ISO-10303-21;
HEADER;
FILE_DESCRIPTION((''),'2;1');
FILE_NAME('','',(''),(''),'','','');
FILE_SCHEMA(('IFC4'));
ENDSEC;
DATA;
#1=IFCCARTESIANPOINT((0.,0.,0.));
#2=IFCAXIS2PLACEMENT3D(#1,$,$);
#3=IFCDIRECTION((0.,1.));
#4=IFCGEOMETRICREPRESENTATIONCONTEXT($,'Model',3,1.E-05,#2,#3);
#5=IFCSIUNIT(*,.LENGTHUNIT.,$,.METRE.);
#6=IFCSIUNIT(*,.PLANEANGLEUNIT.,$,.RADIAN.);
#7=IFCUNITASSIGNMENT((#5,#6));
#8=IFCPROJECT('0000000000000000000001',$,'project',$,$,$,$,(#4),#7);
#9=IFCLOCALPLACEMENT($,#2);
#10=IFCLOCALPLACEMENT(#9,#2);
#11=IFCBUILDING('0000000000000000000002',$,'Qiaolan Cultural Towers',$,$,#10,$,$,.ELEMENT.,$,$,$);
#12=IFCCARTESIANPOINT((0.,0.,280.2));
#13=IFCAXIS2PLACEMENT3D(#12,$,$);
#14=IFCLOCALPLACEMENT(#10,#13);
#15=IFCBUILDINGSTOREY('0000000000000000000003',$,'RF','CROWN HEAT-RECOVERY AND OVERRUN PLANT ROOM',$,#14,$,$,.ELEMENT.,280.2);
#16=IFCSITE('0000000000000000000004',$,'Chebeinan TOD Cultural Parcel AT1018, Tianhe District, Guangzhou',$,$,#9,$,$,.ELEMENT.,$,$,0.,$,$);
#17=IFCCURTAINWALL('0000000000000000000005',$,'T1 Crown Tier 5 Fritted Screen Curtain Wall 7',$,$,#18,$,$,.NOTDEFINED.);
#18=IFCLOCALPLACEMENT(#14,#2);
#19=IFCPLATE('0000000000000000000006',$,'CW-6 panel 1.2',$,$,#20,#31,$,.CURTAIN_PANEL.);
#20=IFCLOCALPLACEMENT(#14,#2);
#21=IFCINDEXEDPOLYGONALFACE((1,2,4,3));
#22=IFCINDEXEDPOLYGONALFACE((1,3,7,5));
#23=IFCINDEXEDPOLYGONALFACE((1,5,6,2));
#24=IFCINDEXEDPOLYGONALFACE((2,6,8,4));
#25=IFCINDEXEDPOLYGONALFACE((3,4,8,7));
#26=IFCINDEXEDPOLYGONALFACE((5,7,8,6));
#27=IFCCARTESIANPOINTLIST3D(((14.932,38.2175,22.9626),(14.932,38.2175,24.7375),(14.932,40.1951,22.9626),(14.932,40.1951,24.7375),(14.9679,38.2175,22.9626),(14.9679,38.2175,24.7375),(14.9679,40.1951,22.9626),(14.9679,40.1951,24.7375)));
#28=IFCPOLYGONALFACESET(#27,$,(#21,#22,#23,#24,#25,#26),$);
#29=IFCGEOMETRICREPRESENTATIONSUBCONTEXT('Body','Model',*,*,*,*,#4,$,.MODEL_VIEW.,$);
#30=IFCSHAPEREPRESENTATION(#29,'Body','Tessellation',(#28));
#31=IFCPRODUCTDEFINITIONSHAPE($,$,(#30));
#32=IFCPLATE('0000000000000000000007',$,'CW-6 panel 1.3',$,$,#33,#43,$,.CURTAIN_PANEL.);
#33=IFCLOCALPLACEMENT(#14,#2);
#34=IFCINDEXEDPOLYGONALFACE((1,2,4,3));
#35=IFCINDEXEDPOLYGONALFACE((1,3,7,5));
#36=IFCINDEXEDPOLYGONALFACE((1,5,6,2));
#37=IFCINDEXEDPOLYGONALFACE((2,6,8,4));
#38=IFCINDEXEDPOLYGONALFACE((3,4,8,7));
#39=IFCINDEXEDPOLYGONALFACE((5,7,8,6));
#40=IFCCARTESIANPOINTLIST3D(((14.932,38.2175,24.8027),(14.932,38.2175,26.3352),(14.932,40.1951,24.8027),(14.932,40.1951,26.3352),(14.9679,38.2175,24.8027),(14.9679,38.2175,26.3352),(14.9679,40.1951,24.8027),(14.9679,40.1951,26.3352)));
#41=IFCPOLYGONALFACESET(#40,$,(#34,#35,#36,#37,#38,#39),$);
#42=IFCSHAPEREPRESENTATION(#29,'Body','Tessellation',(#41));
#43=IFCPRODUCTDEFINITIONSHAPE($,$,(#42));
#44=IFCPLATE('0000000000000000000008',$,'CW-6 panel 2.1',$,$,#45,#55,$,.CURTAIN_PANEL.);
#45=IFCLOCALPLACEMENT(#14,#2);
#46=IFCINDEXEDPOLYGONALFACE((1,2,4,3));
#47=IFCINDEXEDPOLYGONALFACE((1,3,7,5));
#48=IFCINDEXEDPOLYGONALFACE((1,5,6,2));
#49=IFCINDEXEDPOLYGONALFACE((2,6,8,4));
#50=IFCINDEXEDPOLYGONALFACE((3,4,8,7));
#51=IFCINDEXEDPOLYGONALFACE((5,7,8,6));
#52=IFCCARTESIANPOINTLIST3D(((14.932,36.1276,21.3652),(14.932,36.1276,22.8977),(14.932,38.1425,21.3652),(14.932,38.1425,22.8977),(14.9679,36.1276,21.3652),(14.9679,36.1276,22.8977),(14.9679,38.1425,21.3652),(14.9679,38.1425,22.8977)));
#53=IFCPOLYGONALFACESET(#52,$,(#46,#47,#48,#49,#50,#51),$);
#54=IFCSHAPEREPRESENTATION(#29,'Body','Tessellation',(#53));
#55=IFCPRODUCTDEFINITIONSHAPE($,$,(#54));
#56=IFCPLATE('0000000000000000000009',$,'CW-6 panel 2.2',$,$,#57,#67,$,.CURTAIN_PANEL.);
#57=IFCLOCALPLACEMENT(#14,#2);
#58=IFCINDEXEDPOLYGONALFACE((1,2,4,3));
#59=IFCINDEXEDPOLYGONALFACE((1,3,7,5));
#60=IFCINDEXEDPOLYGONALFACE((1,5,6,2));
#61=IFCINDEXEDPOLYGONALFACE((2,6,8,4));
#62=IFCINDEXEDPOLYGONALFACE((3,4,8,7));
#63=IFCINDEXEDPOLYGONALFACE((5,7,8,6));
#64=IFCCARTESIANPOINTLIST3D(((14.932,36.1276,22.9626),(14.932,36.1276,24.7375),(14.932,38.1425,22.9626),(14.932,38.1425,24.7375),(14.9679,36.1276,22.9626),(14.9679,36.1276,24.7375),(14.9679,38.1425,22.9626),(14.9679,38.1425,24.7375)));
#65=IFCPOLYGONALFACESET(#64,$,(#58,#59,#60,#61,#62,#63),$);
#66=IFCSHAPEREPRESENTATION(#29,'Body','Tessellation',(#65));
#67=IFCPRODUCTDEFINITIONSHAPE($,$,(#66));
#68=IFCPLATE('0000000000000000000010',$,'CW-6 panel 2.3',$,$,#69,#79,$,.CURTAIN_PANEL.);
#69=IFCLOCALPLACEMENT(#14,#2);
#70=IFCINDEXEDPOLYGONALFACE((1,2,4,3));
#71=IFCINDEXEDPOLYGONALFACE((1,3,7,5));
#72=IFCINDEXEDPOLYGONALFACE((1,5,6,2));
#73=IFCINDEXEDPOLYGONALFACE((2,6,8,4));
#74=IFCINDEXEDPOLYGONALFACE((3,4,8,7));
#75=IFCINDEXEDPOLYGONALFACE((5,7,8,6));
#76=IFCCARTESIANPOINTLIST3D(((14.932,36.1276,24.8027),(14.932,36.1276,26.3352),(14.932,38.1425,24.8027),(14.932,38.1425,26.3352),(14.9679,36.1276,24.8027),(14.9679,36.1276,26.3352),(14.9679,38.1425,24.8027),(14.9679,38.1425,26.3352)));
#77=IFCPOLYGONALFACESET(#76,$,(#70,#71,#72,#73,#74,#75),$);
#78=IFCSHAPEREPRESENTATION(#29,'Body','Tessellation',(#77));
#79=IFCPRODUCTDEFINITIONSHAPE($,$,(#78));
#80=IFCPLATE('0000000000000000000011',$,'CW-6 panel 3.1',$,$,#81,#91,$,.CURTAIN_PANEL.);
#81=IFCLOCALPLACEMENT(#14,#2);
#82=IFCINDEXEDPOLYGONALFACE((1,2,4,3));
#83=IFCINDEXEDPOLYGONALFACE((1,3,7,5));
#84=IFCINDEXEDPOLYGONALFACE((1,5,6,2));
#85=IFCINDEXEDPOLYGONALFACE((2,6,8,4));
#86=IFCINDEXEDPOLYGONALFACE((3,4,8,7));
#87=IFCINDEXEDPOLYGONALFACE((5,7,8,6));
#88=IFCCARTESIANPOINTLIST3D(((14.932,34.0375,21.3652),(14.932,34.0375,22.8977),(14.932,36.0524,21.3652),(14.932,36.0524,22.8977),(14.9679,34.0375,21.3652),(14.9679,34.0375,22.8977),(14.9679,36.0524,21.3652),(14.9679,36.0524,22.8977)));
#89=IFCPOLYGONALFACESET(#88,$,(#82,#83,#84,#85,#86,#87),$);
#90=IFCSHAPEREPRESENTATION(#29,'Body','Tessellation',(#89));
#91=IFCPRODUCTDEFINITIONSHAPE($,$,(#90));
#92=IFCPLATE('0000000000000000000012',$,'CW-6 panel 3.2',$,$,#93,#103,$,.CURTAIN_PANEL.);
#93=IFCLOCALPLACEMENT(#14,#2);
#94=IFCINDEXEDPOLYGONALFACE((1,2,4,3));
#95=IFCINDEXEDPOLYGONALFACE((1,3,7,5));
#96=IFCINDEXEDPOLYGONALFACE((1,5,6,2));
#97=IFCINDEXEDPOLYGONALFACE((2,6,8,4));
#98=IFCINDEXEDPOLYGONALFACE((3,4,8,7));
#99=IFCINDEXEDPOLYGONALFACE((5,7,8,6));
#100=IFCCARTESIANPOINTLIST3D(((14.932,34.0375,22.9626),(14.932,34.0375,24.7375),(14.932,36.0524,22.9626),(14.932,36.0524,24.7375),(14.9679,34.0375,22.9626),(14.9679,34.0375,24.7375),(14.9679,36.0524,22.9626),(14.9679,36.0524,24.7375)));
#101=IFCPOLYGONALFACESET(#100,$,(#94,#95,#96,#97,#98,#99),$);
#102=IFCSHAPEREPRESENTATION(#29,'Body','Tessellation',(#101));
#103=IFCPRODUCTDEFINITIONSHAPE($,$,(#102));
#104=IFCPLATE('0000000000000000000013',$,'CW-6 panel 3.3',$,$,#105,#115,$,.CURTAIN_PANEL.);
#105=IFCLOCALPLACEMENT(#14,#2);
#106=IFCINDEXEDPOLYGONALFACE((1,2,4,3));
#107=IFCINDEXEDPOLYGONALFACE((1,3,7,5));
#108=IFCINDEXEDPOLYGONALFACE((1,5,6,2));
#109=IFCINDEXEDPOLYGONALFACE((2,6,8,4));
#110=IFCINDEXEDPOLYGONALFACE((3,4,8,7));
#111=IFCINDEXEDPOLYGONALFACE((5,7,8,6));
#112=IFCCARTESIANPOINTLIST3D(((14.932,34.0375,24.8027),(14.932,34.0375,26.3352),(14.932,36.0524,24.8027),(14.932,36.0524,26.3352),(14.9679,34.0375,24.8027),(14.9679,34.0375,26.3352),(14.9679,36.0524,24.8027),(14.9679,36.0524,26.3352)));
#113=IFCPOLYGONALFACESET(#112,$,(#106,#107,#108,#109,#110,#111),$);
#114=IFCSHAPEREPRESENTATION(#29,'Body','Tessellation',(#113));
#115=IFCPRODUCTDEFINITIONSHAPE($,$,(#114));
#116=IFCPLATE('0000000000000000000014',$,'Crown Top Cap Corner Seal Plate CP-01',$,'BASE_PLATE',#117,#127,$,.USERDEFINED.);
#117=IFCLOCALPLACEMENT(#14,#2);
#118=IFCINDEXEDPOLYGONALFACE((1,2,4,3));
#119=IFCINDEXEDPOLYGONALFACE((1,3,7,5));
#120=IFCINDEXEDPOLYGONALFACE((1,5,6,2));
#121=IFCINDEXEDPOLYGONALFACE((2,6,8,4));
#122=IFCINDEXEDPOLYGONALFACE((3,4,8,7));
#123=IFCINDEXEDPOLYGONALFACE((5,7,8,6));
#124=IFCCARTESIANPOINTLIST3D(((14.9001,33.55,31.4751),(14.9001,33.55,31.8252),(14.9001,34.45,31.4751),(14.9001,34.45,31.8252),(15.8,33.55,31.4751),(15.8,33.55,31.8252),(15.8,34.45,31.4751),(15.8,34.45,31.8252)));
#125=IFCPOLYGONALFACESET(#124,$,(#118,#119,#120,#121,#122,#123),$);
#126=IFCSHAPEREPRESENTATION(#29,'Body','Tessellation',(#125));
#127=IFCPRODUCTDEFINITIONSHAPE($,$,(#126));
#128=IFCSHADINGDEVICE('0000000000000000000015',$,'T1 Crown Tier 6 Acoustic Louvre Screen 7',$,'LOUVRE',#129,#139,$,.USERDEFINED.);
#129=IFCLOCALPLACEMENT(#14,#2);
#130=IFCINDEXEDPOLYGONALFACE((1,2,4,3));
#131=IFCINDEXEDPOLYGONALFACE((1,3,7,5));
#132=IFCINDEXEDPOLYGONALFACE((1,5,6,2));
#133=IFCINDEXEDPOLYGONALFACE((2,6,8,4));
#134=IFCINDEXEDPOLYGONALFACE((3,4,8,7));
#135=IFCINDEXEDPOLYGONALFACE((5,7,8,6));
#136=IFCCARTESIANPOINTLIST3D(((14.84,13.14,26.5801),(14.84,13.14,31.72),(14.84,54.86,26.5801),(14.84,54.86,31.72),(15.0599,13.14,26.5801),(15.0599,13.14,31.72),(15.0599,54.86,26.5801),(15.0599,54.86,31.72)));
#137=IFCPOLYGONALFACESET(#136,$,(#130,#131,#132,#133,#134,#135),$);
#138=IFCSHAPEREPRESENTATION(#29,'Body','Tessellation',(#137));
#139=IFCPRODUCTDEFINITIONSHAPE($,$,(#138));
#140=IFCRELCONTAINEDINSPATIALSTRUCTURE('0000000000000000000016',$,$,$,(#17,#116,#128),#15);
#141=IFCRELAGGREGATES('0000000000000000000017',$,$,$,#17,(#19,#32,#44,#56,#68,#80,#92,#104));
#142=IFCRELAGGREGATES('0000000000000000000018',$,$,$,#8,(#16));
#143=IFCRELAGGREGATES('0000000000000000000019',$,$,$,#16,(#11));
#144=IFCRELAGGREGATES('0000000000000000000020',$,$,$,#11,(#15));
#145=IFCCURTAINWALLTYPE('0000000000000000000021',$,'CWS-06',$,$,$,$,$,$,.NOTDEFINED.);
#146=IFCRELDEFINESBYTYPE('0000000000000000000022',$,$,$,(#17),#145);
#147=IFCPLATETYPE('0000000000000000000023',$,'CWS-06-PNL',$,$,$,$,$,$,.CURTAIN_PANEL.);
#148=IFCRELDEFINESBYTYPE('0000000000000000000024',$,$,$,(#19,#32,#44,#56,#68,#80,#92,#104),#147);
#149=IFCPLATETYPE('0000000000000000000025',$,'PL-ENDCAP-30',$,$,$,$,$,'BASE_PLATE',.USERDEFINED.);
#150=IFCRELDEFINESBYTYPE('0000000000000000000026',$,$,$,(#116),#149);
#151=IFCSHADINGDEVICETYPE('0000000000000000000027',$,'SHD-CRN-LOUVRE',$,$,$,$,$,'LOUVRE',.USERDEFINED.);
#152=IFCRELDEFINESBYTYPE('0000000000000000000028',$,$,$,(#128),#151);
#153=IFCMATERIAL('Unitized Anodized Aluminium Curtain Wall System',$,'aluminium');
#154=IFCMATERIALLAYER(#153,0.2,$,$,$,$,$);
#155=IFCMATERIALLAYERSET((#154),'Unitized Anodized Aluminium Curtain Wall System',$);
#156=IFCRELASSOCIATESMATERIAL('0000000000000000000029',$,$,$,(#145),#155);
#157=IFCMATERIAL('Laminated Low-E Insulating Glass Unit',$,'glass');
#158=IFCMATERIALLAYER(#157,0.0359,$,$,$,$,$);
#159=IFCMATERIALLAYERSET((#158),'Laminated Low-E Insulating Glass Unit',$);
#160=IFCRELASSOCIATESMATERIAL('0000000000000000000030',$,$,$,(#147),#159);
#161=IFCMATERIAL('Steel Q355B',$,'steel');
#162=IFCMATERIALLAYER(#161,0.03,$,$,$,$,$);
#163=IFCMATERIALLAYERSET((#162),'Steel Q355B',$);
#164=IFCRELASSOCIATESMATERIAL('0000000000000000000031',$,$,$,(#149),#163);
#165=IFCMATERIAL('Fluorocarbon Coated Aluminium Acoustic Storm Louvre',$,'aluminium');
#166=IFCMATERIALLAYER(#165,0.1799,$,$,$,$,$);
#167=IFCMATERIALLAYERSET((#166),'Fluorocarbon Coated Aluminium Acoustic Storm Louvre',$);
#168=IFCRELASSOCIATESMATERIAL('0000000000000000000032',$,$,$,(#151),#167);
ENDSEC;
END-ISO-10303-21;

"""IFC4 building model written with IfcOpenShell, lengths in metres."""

from ifc_helpers import new_model, si_unit, direction, frame, origin, origin_2d, place, context, subcontext, project, spatial, rectangle, extrude, material, layer, layer_set, type_object, element, aggregate, save


model = new_model("IFC4")

# Units and contexts
model_context = context("Model", 3, precision=1e-05, world=origin(), true_north=direction((0.0, 1.0)))
body_context = subcontext(model_context, "Body", "Model", "MODEL_VIEW")
ifc_project = project(units=[si_unit("LENGTHUNIT", "METRE"), si_unit("PLANEANGLEUNIT", "RADIAN")], contexts=[model_context])

# Site, building, storey
site_placement = place(None, origin())
site = spatial("IfcSite", under=ifc_project, at=site_placement, Name="Chebeinan TOD Cultural Parcel AT1018, Tianhe District, Guangzhou", CompositionType="ELEMENT", RefElevation=0.0)
building_placement = place(site_placement, origin())
building = spatial("IfcBuilding", under=site, at=building_placement, Name="Qiaolan Cultural Towers", CompositionType="ELEMENT")
storey_placement = place(building_placement, frame((0.0, 0.0, 280.2)))
storey = spatial("IfcBuildingStorey", under=building, at=storey_placement, Name="RF", Description="CROWN HEAT-RECOVERY AND OVERRUN PLANT ROOM", CompositionType="ELEMENT", Elevation=280.2)

# Curtain wall, plates
ifc_material_1 = material(Name="Unitized Anodized Aluminium Curtain Wall System", Category="aluminium")
ifc_layer_1 = layer(ifc_material_1, 0.2)
ifc_layer_set_1 = layer_set([ifc_layer_1], Name="Unitized Anodized Aluminium Curtain Wall System")
curtain_wall_type = type_object("IfcCurtainWallType", Name="CWS-06", PredefinedType="NOTDEFINED", material=ifc_layer_set_1)
curtain_wall_placement = place(storey_placement, origin())
curtain_wall = element("IfcCurtainWall", 1, at=curtain_wall_placement, inside=storey, type_object=curtain_wall_type, Name="T1 Crown Tier 5 Fritted Screen Curtain Wall 7", PredefinedType="NOTDEFINED")
ifc_material_2 = material(Name="Laminated Low-E Insulating Glass Unit", Category="glass")
ifc_layer_2 = layer(ifc_material_2, 0.0359)
ifc_layer_set_2 = layer_set([ifc_layer_2], Name="Laminated Low-E Insulating Glass Unit")
plate_type_1 = type_object("IfcPlateType", Name="CWS-06-PNL", PredefinedType="CURTAIN_PANEL", material=ifc_layer_set_2)
plate_1_placement = place(storey_placement, frame((14.95, 39.2063, 22.9626), z_axis=(0.0, 0.0, 1.0), x_axis=(0.0, -1.0, 0.0)))
plate_1 = element("IfcPlate", 2, at=plate_1_placement, type_object=plate_type_1, Name="CW-6 panel 1.2", PredefinedType="CURTAIN_PANEL", context=body_context, shape_type="SweptSolid", body=[
    extrude(rectangle(XDim=1.9775, YDim=0.0359, at=origin_2d()), origin(), (0.0, 0.0, 1.0), 1.7749),
])
plate_2_placement = place(storey_placement, frame((14.95, 39.2063, 24.8027), z_axis=(0.0, 0.0, 1.0), x_axis=(0.0, -1.0, 0.0)))
plate_2 = element("IfcPlate", 3, at=plate_2_placement, type_object=plate_type_1, Name="CW-6 panel 1.3", PredefinedType="CURTAIN_PANEL", context=body_context, shape_type="SweptSolid", body=[
    extrude(rectangle(XDim=1.9775, YDim=0.0359, at=origin_2d()), origin(), (0.0, 0.0, 1.0), 1.5325),
])
plate_3_placement = place(storey_placement, frame((14.95, 37.135, 21.3652), z_axis=(0.0, 0.0, 1.0), x_axis=(0.0, -1.0, 0.0)))
plate_3 = element("IfcPlate", 4, at=plate_3_placement, type_object=plate_type_1, Name="CW-6 panel 2.1", PredefinedType="CURTAIN_PANEL", context=body_context, shape_type="SweptSolid", body=[
    extrude(rectangle(XDim=2.0149, YDim=0.0359, at=origin_2d()), origin(), (0.0, 0.0, 1.0), 1.5325),
])
plate_4_placement = place(storey_placement, frame((14.95, 37.135, 22.9626), z_axis=(0.0, 0.0, 1.0), x_axis=(0.0, -1.0, 0.0)))
plate_4 = element("IfcPlate", 5, at=plate_4_placement, type_object=plate_type_1, Name="CW-6 panel 2.2", PredefinedType="CURTAIN_PANEL", context=body_context, shape_type="SweptSolid", body=[
    extrude(rectangle(XDim=2.0149, YDim=0.0359, at=origin_2d()), origin(), (0.0, 0.0, 1.0), 1.7749),
])
plate_5_placement = place(storey_placement, frame((14.95, 37.135, 24.8027), z_axis=(0.0, 0.0, 1.0), x_axis=(0.0, -1.0, 0.0)))
plate_5 = element("IfcPlate", 6, at=plate_5_placement, type_object=plate_type_1, Name="CW-6 panel 2.3", PredefinedType="CURTAIN_PANEL", context=body_context, shape_type="SweptSolid", body=[
    extrude(rectangle(XDim=2.0149, YDim=0.0359, at=origin_2d()), origin(), (0.0, 0.0, 1.0), 1.5325),
])
plate_6_placement = place(storey_placement, frame((14.95, 35.0449, 21.3652), z_axis=(0.0, 0.0, 1.0), x_axis=(0.0, -1.0, 0.0)))
plate_6 = element("IfcPlate", 7, at=plate_6_placement, type_object=plate_type_1, Name="CW-6 panel 3.1", PredefinedType="CURTAIN_PANEL", context=body_context, shape_type="SweptSolid", body=[
    extrude(rectangle(XDim=2.0149, YDim=0.0359, at=origin_2d()), origin(), (0.0, 0.0, 1.0), 1.5325),
])
plate_7_placement = place(storey_placement, frame((14.95, 35.0449, 22.9626), z_axis=(0.0, 0.0, 1.0), x_axis=(0.0, -1.0, 0.0)))
plate_7 = element("IfcPlate", 8, at=plate_7_placement, type_object=plate_type_1, Name="CW-6 panel 3.2", PredefinedType="CURTAIN_PANEL", context=body_context, shape_type="SweptSolid", body=[
    extrude(rectangle(XDim=2.0149, YDim=0.0359, at=origin_2d()), origin(), (0.0, 0.0, 1.0), 1.7749),
])
plate_8_placement = place(storey_placement, frame((14.95, 35.0449, 24.8027), z_axis=(0.0, 0.0, 1.0), x_axis=(0.0, -1.0, 0.0)))
plate_8 = element("IfcPlate", 9, at=plate_8_placement, type_object=plate_type_1, Name="CW-6 panel 3.3", PredefinedType="CURTAIN_PANEL", context=body_context, shape_type="SweptSolid", body=[
    extrude(rectangle(XDim=2.0149, YDim=0.0359, at=origin_2d()), origin(), (0.0, 0.0, 1.0), 1.5325),
])
aggregate(curtain_wall, [plate_1, plate_2, plate_3, plate_4, plate_5, plate_6, plate_7, plate_8])

# Plate
ifc_material_3 = material(Name="Steel Q355B", Category="steel")
ifc_layer_3 = layer(ifc_material_3, 0.03)
ifc_layer_set_3 = layer_set([ifc_layer_3], Name="Steel Q355B")
plate_type_2 = type_object("IfcPlateType", Name="PL-ENDCAP-30", ElementType="BASE_PLATE", PredefinedType="USERDEFINED", material=ifc_layer_set_3)
plate_9_placement = place(storey_placement, frame((15.3501, 34.0, 31.4751), z_axis=(0.0, 0.0, 1.0), x_axis=(1.0, 0.0, 0.0)))
element("IfcPlate", 10, at=plate_9_placement, inside=storey, type_object=plate_type_2, Name="Crown Top Cap Corner Seal Plate CP-01", ObjectType="BASE_PLATE", PredefinedType="USERDEFINED", context=body_context, shape_type="SweptSolid", body=[
    extrude(rectangle(XDim=0.8999, YDim=0.8999, at=origin_2d()), origin(), (0.0, 0.0, 1.0), 0.3501),
])

# Shading device
ifc_material_4 = material(Name="Fluorocarbon Coated Aluminium Acoustic Storm Louvre", Category="aluminium")
ifc_layer_4 = layer(ifc_material_4, 0.1799)
ifc_layer_set_4 = layer_set([ifc_layer_4], Name="Fluorocarbon Coated Aluminium Acoustic Storm Louvre")
shading_device_type = type_object("IfcShadingDeviceType", Name="SHD-CRN-LOUVRE", ElementType="LOUVRE", PredefinedType="USERDEFINED", material=ifc_layer_set_4)
shading_device_placement = place(storey_placement, frame((14.95, 34.0, 26.5801), z_axis=(0.0, 0.0, 1.0), x_axis=(0.0, -1.0, 0.0)))
element("IfcShadingDevice", 11, at=shading_device_placement, inside=storey, type_object=shading_device_type, Name="T1 Crown Tier 6 Acoustic Louvre Screen 7", ObjectType="LOUVRE", PredefinedType="USERDEFINED", context=body_context, shape_type="SweptSolid", body=[
    extrude(rectangle(XDim=41.72, YDim=0.22, at=origin_2d()), origin(), (0.0, 0.0, 1.0), 5.1399),
])

save(model, "model.ifc")
